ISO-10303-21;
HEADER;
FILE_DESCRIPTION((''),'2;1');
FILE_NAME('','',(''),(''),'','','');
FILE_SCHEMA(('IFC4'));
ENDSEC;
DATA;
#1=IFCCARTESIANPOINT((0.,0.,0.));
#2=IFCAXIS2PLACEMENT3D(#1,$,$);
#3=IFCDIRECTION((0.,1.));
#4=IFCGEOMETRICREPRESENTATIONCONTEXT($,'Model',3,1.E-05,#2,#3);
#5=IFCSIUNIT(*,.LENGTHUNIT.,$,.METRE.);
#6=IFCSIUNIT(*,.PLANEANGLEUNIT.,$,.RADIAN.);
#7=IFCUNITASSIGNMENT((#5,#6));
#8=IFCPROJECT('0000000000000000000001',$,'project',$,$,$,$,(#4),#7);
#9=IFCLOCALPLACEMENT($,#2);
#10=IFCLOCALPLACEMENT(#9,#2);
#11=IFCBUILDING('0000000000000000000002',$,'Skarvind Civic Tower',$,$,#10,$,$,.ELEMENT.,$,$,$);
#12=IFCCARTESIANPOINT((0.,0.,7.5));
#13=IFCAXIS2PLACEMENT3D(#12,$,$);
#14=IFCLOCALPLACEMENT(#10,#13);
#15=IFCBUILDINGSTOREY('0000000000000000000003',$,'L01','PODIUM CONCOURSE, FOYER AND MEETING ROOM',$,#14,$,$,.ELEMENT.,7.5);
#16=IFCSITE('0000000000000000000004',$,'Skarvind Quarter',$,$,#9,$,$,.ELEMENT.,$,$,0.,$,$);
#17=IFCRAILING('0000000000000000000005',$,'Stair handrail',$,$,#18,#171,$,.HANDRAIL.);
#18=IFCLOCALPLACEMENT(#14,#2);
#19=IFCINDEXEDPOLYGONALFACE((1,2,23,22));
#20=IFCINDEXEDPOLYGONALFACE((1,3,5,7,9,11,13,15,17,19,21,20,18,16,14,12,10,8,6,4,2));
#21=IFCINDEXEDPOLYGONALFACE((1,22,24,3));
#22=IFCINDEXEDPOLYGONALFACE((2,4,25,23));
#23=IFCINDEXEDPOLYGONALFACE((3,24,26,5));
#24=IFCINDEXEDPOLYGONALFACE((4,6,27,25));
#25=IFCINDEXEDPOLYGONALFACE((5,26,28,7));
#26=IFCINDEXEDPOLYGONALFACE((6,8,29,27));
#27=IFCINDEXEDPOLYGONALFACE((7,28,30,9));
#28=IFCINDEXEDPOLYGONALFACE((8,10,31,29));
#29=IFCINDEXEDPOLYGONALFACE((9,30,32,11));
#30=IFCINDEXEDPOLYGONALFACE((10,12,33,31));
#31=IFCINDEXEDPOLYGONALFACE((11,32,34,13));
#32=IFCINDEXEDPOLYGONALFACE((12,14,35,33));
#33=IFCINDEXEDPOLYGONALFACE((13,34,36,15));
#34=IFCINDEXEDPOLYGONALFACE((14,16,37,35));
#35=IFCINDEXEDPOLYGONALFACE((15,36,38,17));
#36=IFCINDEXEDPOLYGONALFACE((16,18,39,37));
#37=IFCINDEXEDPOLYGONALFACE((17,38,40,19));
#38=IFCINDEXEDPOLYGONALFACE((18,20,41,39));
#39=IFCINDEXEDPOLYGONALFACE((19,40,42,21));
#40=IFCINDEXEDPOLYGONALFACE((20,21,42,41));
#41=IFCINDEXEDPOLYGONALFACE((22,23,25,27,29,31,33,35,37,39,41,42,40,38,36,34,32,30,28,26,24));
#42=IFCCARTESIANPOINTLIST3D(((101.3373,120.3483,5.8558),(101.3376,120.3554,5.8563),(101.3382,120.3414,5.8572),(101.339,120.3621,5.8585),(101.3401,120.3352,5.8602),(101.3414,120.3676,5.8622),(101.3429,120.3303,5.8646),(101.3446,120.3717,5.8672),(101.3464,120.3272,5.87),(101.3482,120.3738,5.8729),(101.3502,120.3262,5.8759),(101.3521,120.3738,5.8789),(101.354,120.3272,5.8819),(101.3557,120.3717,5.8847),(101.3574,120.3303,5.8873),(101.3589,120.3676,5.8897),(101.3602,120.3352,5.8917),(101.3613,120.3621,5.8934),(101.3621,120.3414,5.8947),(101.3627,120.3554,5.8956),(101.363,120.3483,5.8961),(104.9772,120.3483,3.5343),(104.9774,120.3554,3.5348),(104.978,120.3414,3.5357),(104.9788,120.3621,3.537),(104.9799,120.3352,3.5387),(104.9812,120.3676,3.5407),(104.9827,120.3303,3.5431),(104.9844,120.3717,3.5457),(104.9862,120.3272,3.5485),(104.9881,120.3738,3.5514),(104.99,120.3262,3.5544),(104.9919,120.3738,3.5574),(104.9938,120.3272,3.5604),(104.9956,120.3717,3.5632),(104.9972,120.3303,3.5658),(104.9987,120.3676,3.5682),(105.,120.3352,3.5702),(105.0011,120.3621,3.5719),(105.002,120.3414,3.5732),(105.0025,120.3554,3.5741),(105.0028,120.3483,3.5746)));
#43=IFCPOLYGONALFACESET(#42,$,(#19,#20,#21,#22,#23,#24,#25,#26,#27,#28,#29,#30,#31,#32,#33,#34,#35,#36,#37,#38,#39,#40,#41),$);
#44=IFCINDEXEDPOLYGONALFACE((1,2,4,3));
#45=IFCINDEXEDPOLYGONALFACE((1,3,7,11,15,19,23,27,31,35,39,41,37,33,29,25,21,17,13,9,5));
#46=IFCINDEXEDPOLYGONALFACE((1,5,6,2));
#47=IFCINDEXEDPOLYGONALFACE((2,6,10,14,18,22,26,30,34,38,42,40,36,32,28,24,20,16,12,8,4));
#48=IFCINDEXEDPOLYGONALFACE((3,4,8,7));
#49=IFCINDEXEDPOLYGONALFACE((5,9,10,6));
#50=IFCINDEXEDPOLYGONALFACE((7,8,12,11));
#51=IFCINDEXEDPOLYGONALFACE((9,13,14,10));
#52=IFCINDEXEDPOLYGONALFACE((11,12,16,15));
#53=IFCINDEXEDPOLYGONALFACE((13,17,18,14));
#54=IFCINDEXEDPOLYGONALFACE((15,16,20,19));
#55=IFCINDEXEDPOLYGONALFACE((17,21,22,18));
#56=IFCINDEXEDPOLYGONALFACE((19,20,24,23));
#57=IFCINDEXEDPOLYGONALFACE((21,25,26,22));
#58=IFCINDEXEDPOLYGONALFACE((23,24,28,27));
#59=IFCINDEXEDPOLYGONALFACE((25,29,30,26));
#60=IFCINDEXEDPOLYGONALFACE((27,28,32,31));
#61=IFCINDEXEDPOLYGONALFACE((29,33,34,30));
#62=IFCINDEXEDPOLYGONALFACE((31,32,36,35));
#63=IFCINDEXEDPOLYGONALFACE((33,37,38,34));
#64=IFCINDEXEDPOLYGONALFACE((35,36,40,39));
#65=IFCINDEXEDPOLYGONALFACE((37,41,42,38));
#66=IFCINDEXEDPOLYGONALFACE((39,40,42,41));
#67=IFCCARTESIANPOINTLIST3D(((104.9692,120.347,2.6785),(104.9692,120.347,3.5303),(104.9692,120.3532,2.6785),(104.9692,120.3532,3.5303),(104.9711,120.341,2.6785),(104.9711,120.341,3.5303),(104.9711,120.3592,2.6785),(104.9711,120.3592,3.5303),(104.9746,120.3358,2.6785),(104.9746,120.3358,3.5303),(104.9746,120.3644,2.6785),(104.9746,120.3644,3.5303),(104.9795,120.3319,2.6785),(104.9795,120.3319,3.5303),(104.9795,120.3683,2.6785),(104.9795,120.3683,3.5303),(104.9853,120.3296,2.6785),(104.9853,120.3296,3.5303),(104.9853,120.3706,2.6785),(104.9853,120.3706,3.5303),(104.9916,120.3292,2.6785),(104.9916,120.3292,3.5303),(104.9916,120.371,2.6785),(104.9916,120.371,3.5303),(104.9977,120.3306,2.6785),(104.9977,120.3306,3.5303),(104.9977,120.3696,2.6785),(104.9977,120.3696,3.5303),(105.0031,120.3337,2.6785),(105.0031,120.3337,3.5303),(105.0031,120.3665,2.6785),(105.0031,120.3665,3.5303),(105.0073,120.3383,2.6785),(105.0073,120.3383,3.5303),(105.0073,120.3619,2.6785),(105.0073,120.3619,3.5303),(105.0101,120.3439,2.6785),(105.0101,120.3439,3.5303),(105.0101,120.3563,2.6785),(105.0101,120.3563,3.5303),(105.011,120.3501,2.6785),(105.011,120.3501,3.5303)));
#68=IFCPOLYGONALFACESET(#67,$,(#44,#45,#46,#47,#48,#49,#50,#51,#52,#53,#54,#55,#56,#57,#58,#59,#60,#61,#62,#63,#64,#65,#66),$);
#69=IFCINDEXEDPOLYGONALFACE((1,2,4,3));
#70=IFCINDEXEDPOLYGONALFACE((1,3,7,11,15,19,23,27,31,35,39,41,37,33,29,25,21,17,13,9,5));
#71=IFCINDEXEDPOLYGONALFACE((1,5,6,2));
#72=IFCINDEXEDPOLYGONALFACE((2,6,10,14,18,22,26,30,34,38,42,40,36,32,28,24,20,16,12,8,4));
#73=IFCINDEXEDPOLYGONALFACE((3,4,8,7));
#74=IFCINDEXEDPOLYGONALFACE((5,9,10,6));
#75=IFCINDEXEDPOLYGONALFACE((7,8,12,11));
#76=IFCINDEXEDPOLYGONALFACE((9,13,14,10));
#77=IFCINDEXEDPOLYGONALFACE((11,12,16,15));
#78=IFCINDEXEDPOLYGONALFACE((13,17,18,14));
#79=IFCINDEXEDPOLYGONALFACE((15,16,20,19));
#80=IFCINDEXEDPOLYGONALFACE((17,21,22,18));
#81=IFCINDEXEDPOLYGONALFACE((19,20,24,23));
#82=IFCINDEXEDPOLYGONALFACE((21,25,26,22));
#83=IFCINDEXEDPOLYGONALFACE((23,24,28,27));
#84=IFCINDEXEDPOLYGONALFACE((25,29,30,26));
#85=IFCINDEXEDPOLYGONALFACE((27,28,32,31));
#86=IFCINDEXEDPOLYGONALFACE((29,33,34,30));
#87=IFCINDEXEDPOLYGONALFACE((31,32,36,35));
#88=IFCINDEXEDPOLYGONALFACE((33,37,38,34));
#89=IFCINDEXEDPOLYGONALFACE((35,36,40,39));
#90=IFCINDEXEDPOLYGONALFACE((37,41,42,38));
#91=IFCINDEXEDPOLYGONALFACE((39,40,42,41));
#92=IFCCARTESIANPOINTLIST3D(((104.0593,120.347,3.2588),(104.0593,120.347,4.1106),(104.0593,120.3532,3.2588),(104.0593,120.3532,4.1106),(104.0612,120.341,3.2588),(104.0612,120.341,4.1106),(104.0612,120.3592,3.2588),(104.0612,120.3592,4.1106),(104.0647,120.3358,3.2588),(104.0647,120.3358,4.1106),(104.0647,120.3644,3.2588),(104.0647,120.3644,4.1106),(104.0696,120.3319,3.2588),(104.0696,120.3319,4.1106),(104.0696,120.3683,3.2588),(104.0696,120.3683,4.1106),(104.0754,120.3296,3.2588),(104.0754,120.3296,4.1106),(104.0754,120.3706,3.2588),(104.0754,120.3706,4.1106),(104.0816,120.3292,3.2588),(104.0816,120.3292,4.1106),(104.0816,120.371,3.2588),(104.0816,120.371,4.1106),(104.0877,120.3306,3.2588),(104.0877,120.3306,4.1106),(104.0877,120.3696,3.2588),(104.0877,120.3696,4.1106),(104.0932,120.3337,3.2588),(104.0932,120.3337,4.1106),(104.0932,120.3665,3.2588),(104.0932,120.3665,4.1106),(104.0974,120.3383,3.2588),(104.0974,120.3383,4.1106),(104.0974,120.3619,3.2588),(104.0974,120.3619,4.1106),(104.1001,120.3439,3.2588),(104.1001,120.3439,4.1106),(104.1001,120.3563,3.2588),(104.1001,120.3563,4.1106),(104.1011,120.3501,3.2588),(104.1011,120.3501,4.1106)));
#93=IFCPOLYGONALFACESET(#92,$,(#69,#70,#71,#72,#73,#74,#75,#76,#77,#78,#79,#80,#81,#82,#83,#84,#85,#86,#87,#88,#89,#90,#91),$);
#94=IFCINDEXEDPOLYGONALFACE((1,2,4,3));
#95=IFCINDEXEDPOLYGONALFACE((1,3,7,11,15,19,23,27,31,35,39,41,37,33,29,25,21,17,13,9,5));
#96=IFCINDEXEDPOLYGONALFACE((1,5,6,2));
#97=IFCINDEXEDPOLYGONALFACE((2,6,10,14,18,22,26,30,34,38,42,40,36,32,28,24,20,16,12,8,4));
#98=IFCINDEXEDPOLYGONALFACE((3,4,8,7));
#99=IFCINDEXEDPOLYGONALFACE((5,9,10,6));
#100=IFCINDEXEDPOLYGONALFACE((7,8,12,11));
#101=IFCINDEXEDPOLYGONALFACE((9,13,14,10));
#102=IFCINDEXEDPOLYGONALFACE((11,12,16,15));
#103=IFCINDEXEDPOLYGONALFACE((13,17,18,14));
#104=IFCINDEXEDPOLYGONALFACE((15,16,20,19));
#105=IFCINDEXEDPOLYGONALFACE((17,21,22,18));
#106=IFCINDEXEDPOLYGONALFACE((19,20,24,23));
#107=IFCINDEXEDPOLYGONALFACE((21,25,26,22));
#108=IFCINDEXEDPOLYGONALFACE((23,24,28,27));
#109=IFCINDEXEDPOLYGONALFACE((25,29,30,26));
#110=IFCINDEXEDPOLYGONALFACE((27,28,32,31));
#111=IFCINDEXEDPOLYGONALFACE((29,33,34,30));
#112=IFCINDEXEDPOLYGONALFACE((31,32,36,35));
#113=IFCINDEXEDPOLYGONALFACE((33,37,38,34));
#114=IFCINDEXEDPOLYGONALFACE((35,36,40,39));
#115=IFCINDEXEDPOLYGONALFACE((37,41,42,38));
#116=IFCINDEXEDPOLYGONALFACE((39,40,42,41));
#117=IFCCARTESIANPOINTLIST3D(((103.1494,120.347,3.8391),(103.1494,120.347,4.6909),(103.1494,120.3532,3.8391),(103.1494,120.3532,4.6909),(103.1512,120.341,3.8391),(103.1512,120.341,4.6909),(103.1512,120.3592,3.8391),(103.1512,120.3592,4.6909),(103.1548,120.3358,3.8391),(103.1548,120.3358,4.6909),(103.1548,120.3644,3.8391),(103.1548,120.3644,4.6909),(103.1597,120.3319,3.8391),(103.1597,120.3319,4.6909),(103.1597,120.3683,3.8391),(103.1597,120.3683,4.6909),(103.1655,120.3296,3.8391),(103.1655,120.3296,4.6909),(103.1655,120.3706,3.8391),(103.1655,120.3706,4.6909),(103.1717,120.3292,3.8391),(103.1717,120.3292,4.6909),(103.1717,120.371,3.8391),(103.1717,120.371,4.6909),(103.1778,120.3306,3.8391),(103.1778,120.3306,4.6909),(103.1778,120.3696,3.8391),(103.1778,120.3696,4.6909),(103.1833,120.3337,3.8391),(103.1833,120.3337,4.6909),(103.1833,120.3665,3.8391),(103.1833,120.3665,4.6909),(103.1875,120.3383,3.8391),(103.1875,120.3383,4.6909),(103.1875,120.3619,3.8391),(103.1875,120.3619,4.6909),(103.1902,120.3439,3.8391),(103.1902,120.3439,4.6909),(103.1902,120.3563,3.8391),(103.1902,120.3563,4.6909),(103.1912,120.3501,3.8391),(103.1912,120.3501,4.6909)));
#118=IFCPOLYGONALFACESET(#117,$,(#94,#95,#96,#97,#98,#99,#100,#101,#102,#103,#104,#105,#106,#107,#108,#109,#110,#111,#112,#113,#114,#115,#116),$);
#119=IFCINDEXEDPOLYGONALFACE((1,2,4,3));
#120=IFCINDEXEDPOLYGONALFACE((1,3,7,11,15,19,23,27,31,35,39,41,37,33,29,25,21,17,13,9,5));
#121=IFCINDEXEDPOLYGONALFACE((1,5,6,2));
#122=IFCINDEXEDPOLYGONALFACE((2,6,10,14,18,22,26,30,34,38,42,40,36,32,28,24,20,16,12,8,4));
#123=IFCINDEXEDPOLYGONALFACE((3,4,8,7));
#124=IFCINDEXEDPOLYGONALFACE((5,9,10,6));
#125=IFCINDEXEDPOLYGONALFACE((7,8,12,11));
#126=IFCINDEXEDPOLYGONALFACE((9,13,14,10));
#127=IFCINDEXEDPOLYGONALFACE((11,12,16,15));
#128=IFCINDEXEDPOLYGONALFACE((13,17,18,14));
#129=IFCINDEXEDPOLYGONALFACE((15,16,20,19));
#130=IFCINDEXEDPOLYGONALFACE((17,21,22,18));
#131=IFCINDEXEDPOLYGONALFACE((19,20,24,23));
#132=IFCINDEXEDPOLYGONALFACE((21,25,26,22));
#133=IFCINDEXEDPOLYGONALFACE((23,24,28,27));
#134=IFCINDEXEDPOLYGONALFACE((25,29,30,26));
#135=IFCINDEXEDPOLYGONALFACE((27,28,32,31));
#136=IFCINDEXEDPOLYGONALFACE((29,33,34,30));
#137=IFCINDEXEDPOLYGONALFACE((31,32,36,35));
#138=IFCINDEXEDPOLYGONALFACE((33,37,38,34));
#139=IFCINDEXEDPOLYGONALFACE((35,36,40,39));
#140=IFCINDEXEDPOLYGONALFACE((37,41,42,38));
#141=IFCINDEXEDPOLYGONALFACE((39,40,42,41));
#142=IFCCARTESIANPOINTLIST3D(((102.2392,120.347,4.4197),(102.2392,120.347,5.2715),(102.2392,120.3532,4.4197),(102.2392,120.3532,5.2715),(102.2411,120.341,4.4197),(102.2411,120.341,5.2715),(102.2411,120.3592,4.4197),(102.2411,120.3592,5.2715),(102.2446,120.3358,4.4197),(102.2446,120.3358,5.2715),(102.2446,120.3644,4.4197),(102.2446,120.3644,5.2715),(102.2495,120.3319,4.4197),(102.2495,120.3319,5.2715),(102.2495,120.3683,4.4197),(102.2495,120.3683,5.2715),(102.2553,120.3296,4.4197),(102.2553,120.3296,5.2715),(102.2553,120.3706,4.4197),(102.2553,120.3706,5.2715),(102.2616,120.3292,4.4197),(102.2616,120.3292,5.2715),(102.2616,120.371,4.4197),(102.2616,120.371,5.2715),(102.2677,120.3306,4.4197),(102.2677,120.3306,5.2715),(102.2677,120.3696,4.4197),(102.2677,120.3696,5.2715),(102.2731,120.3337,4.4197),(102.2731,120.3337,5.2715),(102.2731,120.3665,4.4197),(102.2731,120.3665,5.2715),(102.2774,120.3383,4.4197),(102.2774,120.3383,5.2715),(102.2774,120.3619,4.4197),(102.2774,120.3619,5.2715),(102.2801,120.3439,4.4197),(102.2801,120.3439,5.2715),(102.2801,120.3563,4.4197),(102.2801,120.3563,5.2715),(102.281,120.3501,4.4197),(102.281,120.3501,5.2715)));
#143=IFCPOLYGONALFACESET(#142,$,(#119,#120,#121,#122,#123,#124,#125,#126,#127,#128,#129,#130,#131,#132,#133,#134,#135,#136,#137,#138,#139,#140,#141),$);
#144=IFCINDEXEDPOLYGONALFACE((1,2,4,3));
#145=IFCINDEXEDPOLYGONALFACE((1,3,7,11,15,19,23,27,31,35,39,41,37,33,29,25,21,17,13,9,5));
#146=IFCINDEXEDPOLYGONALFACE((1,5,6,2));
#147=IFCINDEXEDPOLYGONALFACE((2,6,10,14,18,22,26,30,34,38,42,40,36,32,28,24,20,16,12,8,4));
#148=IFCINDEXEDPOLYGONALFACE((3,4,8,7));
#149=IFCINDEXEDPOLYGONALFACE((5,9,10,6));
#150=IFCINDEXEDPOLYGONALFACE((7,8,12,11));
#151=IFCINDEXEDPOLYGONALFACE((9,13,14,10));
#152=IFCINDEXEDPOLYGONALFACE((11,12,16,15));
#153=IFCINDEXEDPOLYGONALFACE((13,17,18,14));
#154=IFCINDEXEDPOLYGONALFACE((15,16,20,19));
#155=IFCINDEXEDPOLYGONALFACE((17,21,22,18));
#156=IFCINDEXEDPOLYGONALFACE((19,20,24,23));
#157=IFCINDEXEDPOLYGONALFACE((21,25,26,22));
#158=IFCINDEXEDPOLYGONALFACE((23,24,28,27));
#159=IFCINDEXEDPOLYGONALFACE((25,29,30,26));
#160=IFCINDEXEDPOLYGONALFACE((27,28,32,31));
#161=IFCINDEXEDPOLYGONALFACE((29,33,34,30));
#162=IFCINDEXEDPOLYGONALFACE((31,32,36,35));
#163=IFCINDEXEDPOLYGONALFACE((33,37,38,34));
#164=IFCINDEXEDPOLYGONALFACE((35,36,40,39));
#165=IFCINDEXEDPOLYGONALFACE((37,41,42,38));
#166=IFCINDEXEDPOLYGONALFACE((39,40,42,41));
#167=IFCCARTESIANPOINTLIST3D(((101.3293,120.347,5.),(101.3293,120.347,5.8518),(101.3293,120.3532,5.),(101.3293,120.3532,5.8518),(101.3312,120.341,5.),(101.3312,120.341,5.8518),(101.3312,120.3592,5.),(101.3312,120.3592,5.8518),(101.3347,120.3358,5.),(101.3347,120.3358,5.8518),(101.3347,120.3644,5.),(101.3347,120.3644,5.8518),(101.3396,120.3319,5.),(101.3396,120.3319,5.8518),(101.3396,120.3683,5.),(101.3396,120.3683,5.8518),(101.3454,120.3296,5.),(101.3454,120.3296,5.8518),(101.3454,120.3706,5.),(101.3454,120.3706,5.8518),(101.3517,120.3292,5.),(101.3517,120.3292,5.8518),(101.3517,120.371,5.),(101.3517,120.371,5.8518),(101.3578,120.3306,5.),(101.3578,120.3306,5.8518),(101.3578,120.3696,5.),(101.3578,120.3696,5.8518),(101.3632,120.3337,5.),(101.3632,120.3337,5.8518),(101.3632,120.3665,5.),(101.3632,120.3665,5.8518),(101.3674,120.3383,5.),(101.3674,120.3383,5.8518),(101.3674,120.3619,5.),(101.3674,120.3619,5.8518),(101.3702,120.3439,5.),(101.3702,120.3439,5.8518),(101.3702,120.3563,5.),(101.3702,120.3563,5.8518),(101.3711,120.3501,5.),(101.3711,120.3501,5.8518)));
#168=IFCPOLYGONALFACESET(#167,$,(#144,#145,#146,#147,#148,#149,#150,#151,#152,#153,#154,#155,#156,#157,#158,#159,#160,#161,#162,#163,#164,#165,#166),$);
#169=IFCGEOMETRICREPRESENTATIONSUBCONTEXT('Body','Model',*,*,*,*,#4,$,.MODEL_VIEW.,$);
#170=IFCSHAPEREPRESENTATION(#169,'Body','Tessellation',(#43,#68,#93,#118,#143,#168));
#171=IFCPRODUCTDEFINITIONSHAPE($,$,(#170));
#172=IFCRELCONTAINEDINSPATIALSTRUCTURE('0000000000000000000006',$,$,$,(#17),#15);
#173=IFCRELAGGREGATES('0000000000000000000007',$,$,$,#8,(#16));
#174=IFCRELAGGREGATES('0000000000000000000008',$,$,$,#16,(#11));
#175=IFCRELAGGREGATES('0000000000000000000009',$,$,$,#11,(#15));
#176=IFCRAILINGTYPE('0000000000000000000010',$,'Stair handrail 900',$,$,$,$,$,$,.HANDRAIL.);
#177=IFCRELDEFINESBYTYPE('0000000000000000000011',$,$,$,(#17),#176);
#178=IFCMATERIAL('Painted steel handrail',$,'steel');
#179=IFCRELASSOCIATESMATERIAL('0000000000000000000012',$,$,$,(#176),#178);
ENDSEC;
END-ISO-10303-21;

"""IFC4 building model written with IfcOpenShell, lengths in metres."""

from ifc_helpers import new_model, si_unit, direction, frame, origin, origin_2d, place, context, subcontext, project, spatial, circle, extrude, material, type_object, element, save


model = new_model("IFC4")

# Units and contexts
model_context = context("Model", 3, precision=1e-05, world=origin(), true_north=direction((0.0, 1.0)))
body_context = subcontext(model_context, "Body", "Model", "MODEL_VIEW")
ifc_project = project(units=[si_unit("LENGTHUNIT", "METRE"), si_unit("PLANEANGLEUNIT", "RADIAN")], contexts=[model_context])

# Site, building, storey
site_placement = place(None, origin())
site = spatial("IfcSite", under=ifc_project, at=site_placement, Name="Skarvind Quarter", CompositionType="ELEMENT", RefElevation=0.0)
building_placement = place(site_placement, origin())
building = spatial("IfcBuilding", under=site, at=building_placement, Name="Skarvind Civic Tower", CompositionType="ELEMENT")
storey_placement = place(building_placement, frame((0.0, 0.0, 7.5)))
storey = spatial("IfcBuildingStorey", under=building, at=storey_placement, Name="L01", Description="PODIUM CONCOURSE, FOYER AND MEETING ROOM", CompositionType="ELEMENT", Elevation=7.5)

# Railing
ifc_material_1 = material(Name="Painted steel handrail", Category="steel")
railing_type = type_object("IfcRailingType", Name="Stair handrail 900", PredefinedType="HANDRAIL", material=ifc_material_1)
railing_1_placement = place(storey_placement, frame((104.99, 120.3501, 2.6785)))
element("IfcRailing", 1, at=railing_1_placement, inside=storey, type_object=railing_type, Name="Stair handrail", PredefinedType="HANDRAIL", context=body_context, shape_type="SweptSolid", body=[
    extrude(circle(Radius=0.0239, at=origin_2d()), frame((0.0, 0.0, 0.876), z_axis=(-0.843112, 0.0, 0.537739), x_axis=(0.0, -1.0, 0.0)), (0.0, 0.0, 1.0), 4.3171),
    extrude(circle(Radius=0.021, at=origin_2d()), origin(), (0.0, 0.0, 1.0), 0.8518),
    extrude(circle(Radius=0.021, at=origin_2d()), frame((-0.9099, 0.0, 0.5803)), (0.0, 0.0, 1.0), 0.8518),
    extrude(circle(Radius=0.021, at=origin_2d()), frame((-1.8198, 0.0, 1.1606)), (0.0, 0.0, 1.0), 0.8518),
    extrude(circle(Radius=0.021, at=origin_2d()), frame((-2.73, 0.0, 1.7412)), (0.0, 0.0, 1.0), 0.8518),
    extrude(circle(Radius=0.021, at=origin_2d()), frame((-3.6399, 0.0, 2.3215)), (0.0, 0.0, 1.0), 0.8518),
])

save(model, "model.ifc")
